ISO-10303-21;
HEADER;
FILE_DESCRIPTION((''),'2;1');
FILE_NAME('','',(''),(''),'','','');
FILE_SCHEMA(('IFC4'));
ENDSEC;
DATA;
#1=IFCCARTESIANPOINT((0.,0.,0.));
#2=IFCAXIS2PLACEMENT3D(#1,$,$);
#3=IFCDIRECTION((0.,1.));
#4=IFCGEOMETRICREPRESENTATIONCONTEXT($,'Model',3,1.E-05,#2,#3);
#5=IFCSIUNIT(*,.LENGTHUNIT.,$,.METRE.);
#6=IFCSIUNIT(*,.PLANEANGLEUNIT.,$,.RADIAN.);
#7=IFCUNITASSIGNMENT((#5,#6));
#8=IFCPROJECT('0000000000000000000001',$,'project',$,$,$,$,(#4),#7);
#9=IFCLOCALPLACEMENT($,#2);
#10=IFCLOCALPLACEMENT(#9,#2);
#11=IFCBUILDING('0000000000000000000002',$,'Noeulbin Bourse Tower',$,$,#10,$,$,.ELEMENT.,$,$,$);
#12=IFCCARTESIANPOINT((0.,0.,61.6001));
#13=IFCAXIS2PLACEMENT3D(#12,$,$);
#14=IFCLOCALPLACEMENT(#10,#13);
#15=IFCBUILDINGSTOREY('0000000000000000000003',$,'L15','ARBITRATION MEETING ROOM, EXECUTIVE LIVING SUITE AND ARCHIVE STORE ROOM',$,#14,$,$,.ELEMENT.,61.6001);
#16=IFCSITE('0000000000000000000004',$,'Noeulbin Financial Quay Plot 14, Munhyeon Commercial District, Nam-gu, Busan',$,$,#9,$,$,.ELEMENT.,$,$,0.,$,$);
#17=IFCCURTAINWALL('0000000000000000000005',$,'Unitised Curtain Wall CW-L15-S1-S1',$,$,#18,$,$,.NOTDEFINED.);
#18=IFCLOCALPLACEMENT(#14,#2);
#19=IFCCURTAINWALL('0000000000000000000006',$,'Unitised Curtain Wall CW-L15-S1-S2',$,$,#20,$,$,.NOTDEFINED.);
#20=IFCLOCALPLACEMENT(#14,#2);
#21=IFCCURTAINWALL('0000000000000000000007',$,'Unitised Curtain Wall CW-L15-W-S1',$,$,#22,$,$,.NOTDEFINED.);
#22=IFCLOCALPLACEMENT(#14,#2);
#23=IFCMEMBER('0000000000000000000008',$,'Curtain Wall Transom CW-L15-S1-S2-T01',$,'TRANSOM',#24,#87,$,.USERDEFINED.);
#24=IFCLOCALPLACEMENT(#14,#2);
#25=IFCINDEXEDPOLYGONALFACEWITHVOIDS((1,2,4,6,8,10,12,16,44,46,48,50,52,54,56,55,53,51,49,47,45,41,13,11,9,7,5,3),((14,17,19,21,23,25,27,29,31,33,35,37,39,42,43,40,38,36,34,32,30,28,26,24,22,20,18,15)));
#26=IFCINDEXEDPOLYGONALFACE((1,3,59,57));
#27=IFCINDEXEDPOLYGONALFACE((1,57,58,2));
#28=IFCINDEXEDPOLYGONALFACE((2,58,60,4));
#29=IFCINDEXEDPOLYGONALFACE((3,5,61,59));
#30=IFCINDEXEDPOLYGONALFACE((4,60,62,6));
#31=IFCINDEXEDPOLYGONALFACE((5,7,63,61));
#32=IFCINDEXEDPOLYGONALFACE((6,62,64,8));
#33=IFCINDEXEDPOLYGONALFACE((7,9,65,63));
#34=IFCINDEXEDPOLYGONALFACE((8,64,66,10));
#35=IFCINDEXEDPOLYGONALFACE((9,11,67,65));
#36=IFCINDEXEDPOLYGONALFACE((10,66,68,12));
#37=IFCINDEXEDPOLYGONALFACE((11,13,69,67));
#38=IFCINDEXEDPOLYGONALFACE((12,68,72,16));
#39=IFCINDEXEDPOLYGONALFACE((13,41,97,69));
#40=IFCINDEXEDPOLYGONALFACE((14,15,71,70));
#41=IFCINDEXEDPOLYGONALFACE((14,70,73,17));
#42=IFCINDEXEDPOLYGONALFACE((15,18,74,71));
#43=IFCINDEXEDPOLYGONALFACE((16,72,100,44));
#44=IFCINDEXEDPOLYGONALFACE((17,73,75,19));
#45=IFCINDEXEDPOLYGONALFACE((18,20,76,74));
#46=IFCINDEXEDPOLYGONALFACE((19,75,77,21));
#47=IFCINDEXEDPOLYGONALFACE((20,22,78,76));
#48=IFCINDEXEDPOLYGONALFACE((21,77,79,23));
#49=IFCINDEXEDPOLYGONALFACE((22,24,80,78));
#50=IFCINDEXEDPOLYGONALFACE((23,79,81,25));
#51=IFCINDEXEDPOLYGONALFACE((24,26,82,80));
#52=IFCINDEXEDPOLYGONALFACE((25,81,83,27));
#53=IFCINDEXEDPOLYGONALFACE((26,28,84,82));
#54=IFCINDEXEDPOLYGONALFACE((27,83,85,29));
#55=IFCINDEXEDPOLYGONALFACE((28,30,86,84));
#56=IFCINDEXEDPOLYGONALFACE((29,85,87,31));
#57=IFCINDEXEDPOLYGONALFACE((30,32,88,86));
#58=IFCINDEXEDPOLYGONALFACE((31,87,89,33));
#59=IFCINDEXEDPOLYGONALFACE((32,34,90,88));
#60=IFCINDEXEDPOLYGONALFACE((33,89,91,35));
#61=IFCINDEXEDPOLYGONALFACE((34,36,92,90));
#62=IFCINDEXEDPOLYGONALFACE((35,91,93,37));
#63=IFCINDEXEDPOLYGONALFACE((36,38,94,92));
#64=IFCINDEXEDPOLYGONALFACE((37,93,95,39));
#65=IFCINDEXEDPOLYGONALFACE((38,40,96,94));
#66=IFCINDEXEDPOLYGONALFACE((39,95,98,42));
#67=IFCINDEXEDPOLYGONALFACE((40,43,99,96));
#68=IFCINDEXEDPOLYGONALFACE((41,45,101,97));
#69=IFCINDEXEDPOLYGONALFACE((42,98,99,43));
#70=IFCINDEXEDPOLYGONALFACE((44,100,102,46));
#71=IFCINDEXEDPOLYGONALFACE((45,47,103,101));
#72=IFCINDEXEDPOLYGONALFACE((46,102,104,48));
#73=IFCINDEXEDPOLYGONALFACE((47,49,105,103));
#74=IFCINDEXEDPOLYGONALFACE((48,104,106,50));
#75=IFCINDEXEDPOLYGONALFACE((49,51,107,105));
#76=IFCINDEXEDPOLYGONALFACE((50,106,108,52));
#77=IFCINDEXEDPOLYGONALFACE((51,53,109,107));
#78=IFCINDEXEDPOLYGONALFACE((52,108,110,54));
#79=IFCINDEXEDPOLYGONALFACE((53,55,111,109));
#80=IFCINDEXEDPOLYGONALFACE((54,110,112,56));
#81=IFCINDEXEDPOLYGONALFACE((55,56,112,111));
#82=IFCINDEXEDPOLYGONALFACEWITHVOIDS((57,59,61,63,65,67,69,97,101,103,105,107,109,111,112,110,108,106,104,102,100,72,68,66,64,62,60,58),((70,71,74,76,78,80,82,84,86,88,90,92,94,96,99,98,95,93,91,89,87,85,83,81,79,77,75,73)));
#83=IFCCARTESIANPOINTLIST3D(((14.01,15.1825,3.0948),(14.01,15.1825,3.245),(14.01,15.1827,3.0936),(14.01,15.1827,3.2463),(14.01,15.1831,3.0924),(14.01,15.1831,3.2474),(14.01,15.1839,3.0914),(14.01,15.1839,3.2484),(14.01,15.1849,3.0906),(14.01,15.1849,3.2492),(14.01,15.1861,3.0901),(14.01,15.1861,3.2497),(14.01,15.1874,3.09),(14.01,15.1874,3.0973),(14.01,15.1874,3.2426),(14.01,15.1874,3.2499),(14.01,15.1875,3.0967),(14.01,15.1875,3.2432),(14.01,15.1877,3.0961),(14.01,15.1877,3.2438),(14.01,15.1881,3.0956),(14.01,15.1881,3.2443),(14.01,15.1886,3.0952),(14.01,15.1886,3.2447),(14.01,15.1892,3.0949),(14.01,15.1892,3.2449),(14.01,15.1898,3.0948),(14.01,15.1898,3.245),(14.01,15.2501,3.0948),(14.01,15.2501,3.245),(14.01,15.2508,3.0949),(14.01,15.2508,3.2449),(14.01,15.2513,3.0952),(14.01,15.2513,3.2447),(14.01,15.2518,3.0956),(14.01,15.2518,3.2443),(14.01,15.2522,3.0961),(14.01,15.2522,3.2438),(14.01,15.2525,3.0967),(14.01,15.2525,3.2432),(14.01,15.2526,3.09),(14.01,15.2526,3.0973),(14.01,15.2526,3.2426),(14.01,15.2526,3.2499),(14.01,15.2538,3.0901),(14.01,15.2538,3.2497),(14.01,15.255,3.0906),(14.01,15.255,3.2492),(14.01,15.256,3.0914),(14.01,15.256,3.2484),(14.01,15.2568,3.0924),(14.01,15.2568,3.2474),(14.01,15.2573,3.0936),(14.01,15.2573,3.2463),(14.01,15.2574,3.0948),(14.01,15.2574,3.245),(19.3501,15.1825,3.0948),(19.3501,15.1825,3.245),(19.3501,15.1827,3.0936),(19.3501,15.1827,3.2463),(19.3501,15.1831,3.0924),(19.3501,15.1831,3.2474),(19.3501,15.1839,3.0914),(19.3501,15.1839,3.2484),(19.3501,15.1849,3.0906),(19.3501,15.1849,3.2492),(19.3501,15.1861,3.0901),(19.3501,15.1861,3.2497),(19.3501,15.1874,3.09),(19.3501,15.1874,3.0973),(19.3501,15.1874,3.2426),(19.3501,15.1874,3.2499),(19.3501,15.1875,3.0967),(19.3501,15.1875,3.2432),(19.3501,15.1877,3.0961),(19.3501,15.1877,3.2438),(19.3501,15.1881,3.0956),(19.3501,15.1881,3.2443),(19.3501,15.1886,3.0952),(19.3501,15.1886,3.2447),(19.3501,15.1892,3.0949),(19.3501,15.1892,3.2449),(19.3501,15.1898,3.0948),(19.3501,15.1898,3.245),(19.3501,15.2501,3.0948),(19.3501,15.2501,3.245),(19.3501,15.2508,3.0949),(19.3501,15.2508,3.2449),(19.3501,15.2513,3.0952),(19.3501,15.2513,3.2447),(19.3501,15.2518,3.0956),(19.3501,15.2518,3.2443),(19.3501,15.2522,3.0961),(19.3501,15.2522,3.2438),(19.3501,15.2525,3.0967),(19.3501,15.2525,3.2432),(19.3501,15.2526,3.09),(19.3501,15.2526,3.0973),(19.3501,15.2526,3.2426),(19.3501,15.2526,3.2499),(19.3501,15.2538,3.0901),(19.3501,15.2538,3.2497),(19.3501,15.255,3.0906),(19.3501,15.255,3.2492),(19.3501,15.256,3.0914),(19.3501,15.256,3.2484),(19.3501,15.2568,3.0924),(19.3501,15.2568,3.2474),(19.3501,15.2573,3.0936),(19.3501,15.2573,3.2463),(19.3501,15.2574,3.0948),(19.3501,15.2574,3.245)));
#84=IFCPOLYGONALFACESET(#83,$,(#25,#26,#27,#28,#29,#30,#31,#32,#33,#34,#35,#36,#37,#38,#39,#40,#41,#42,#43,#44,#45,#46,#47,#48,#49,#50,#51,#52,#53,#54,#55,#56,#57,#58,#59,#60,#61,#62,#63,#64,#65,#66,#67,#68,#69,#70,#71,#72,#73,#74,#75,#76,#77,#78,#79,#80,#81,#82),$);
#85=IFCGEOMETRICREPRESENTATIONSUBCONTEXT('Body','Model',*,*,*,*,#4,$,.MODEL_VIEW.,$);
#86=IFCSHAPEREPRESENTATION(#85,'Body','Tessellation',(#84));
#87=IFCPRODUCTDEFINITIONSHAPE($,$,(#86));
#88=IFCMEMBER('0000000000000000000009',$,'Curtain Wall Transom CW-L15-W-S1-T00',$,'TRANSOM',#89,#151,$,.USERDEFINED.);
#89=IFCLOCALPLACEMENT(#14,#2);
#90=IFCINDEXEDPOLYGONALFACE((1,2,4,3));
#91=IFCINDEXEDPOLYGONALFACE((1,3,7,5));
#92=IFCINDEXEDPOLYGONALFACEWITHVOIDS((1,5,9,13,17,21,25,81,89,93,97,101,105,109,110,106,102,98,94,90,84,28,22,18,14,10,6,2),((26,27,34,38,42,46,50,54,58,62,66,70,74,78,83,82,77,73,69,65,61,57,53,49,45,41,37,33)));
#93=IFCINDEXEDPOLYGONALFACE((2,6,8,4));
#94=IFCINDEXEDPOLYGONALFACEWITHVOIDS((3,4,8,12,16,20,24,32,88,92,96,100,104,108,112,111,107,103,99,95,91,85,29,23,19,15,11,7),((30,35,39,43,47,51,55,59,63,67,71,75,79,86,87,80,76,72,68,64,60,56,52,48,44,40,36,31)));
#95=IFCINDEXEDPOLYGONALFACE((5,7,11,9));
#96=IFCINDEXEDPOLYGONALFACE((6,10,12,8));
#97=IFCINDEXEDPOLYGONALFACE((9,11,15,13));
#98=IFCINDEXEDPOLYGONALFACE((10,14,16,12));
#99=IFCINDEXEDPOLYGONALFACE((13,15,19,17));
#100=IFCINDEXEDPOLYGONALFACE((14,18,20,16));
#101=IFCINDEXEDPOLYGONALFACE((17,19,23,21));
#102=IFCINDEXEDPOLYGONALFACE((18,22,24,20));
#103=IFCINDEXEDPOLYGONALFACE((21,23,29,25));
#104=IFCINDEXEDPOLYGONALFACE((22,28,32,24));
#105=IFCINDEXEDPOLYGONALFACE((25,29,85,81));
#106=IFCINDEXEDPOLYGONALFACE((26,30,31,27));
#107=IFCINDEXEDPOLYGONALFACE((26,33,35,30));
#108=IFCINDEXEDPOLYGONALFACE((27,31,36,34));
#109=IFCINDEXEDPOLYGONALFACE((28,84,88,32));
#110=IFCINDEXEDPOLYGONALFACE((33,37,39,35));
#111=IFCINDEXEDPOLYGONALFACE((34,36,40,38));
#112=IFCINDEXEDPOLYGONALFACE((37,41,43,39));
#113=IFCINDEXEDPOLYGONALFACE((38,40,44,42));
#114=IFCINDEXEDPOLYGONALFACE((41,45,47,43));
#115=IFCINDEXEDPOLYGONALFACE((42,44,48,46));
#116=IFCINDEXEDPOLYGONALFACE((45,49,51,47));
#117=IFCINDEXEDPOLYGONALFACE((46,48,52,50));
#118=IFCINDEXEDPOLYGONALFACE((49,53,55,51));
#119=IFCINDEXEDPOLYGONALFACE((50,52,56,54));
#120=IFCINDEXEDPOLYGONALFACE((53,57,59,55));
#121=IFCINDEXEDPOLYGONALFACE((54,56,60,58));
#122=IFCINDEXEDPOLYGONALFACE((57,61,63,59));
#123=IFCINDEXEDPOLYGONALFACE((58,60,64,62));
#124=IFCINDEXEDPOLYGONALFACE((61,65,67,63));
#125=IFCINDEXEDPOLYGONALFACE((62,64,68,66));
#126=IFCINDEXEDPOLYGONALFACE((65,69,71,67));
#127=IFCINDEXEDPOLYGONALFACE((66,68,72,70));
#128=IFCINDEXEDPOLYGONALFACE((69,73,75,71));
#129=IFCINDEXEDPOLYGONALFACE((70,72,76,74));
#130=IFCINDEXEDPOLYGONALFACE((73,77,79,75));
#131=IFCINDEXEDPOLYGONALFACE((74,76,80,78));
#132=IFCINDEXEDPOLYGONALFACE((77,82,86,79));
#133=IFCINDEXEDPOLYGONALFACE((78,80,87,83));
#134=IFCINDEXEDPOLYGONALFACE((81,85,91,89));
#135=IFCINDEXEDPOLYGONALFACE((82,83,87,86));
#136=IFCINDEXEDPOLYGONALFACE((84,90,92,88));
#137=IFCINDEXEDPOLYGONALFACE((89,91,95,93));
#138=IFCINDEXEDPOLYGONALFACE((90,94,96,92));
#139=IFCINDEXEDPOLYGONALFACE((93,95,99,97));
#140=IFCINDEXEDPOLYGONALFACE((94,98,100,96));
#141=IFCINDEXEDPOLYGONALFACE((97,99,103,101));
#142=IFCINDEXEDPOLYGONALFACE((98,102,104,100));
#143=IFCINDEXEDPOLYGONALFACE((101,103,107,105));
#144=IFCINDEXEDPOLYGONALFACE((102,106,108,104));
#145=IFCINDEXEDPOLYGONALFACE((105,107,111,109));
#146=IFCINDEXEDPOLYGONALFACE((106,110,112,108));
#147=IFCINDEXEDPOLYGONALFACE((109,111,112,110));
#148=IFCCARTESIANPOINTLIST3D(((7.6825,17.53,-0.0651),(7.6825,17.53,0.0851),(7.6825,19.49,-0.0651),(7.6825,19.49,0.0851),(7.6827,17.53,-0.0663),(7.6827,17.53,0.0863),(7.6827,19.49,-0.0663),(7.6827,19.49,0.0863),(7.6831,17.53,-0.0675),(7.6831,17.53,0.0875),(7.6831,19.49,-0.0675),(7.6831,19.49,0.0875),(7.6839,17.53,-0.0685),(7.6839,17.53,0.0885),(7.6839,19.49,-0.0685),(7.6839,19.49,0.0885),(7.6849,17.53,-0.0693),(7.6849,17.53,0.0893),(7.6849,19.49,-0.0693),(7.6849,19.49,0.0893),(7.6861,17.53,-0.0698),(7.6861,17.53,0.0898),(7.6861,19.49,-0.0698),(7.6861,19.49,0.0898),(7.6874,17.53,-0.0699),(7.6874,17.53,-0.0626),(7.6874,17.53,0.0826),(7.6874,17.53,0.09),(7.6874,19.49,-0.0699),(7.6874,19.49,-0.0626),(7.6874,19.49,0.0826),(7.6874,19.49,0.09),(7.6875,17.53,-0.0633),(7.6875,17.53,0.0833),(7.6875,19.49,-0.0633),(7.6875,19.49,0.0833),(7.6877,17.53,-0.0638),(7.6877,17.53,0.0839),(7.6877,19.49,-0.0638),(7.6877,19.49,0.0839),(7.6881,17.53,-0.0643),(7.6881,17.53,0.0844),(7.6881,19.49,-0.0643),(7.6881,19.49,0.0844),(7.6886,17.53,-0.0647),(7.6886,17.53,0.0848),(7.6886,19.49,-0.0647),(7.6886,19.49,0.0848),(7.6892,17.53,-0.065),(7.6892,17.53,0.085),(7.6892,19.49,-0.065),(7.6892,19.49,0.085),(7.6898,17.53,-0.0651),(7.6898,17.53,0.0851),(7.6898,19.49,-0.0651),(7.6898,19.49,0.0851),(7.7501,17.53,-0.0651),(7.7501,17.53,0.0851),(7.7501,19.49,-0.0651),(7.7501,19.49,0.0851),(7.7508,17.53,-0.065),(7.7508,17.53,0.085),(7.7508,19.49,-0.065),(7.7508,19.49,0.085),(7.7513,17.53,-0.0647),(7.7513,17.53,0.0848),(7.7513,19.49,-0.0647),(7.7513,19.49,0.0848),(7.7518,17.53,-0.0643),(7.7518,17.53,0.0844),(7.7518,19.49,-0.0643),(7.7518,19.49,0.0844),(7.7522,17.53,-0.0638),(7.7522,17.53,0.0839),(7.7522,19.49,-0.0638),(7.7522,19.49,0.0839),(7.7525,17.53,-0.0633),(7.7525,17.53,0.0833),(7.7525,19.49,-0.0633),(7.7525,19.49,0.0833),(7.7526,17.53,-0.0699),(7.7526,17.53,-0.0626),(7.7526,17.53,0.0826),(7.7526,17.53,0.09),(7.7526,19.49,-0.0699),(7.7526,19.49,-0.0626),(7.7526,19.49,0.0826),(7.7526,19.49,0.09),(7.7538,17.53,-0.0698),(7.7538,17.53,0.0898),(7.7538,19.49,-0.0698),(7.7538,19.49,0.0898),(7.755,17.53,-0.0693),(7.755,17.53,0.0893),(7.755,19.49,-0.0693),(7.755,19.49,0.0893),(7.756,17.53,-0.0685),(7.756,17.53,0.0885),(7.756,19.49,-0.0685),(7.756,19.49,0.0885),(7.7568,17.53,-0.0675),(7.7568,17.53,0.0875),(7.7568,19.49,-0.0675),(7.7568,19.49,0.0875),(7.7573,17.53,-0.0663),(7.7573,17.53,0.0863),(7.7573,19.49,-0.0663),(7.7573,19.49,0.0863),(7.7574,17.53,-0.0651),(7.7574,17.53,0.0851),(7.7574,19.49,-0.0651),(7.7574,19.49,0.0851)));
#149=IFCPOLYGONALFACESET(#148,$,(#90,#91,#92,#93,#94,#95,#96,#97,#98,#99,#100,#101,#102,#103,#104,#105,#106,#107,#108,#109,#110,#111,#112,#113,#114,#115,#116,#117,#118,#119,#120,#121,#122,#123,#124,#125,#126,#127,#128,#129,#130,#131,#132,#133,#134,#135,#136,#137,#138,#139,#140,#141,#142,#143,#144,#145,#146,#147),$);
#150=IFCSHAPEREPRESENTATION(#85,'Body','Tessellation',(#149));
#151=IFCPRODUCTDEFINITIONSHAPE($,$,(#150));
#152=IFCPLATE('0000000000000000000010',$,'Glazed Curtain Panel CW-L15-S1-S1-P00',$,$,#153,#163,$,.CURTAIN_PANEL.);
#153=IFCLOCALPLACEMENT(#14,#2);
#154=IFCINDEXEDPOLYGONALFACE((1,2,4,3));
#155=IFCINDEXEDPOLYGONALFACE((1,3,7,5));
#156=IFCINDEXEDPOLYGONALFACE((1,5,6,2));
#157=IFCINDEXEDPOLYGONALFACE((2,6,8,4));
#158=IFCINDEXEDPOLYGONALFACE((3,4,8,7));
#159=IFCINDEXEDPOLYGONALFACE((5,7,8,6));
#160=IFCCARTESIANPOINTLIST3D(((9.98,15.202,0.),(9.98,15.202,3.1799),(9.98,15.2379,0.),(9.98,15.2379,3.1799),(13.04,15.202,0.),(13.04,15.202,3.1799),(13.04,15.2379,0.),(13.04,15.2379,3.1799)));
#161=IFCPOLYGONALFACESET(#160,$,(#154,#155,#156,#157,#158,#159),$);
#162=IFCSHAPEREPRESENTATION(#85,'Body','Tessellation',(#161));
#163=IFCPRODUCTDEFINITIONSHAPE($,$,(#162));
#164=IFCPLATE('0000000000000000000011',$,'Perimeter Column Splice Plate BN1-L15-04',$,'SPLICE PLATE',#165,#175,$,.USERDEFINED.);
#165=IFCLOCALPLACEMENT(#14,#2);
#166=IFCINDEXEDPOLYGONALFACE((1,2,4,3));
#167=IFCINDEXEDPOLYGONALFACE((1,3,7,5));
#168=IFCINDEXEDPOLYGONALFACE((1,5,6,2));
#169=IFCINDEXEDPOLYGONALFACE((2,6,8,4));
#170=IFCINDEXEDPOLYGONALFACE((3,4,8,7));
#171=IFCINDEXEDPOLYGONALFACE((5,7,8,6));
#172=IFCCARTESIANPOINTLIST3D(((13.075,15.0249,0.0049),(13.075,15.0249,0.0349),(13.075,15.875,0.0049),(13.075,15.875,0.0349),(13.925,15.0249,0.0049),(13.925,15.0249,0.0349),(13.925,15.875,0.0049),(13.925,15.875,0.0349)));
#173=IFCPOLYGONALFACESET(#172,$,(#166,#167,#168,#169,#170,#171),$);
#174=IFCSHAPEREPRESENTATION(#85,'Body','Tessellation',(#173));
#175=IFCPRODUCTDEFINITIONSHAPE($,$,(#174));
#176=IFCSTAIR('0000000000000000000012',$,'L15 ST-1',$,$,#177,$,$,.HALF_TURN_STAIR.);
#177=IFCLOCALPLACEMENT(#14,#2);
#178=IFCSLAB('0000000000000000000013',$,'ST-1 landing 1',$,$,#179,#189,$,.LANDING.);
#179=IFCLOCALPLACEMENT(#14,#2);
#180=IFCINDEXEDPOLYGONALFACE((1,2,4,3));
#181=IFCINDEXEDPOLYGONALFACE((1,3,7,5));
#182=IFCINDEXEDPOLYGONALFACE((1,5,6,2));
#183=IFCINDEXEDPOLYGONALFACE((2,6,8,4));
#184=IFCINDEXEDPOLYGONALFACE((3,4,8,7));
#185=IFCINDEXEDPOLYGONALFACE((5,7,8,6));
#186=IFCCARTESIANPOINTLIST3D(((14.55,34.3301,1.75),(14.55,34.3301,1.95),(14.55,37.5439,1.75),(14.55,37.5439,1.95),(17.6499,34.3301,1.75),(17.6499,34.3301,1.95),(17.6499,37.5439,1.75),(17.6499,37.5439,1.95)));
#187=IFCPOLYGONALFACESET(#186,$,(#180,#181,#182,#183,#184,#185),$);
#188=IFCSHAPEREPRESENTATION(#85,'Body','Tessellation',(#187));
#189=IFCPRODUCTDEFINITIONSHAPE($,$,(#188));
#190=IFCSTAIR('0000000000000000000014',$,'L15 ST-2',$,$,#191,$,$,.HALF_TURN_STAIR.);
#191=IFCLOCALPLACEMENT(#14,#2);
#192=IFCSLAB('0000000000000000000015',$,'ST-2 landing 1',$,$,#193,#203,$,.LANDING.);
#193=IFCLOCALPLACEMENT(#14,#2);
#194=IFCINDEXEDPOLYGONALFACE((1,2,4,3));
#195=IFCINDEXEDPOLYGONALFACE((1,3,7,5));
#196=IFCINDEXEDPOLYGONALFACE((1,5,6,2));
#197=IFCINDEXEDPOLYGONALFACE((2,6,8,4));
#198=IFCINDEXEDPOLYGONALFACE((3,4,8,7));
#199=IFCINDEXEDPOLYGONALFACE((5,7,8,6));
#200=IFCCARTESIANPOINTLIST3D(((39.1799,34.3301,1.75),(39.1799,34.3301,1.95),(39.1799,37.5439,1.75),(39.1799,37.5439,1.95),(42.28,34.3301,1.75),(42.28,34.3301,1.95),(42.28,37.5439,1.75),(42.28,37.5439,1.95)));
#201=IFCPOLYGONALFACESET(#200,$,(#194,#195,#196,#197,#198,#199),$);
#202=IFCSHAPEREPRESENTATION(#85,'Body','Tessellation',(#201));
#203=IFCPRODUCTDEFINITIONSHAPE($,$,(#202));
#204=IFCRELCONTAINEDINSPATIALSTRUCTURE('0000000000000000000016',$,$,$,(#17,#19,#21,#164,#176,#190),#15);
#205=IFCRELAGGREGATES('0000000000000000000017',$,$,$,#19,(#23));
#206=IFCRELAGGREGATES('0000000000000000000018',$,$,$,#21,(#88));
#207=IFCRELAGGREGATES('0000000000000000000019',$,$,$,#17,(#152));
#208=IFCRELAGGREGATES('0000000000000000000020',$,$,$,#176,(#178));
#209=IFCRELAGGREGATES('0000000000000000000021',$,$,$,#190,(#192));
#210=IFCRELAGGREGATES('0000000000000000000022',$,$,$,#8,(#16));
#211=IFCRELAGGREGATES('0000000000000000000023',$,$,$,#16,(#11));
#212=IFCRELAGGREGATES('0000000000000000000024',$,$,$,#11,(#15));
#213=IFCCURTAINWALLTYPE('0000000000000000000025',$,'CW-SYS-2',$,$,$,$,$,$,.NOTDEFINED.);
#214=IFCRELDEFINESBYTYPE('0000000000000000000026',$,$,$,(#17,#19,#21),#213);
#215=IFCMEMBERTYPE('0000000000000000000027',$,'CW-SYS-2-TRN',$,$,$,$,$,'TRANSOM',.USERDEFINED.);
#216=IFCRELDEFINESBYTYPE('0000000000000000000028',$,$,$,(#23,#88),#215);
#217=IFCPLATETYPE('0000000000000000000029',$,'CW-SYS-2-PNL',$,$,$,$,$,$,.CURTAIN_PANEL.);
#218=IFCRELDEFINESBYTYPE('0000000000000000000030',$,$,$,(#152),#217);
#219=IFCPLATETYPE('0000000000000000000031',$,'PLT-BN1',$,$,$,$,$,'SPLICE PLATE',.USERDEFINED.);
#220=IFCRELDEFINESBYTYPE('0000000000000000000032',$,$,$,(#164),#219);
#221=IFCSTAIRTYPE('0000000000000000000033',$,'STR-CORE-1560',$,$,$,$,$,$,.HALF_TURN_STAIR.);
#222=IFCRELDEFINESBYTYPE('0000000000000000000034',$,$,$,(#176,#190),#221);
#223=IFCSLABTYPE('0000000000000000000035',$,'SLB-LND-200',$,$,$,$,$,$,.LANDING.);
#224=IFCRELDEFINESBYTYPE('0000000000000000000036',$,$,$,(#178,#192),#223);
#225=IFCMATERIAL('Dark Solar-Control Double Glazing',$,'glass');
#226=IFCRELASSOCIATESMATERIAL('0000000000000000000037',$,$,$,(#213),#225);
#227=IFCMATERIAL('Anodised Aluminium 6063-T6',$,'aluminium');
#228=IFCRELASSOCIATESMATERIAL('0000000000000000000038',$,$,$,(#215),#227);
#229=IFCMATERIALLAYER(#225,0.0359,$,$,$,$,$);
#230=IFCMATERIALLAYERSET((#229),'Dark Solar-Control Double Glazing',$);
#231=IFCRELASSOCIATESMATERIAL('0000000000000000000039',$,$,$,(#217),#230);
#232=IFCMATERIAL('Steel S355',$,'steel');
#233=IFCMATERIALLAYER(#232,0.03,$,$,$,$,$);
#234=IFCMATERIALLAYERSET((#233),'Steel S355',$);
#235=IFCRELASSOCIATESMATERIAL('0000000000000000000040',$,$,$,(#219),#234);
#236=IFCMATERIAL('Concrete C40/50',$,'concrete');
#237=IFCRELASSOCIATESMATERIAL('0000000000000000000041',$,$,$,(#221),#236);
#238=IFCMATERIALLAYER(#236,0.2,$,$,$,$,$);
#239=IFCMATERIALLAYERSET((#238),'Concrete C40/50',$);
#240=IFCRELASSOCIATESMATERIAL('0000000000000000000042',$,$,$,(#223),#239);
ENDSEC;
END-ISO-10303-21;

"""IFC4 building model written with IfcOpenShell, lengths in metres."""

from ifc_helpers import new_model, si_unit, direction, frame, origin, origin_2d, place, context, subcontext, project, spatial, polyline, rectangle, hollow_rectangle, outline, extrude, material, layer, layer_set, material_profile, profile_set, type_object, element, aggregate, save


model = new_model("IFC4")

# Units and contexts
model_context = context("Model", 3, precision=1e-05, world=origin(), true_north=direction((0.0, 1.0)))
body_context = subcontext(model_context, "Body", "Model", "MODEL_VIEW")
ifc_project = project(units=[si_unit("LENGTHUNIT", "METRE"), si_unit("PLANEANGLEUNIT", "RADIAN")], contexts=[model_context])

# Site, building, storey
site_placement = place(None, origin())
site = spatial("IfcSite", under=ifc_project, at=site_placement, Name="Noeulbin Financial Quay Plot 14, Munhyeon Commercial District, Nam-gu, Busan", CompositionType="ELEMENT", RefElevation=0.0)
building_placement = place(site_placement, origin())
building = spatial("IfcBuilding", under=site, at=building_placement, Name="Noeulbin Bourse Tower", CompositionType="ELEMENT")
storey_placement = place(building_placement, frame((0.0, 0.0, 61.6001)))
storey = spatial("IfcBuildingStorey", under=building, at=storey_placement, Name="L15", Description="ARBITRATION MEETING ROOM, EXECUTIVE LIVING SUITE AND ARCHIVE STORE ROOM", CompositionType="ELEMENT", Elevation=61.6001)

# Shared definitions
ifc_material_1 = material(Name="Steel S355", Category="steel")

# Curtain wall
ifc_material_2 = material(Name="Dark Solar-Control Double Glazing", Category="glass")
curtain_wall_type = type_object("IfcCurtainWallType", Name="CW-SYS-2", PredefinedType="NOTDEFINED", material=ifc_material_2)
curtain_wall_1_placement = place(storey_placement, origin())
curtain_wall_1 = element("IfcCurtainWall", 1, at=curtain_wall_1_placement, inside=storey, type_object=curtain_wall_type, Name="Unitised Curtain Wall CW-L15-S1-S1", PredefinedType="NOTDEFINED")
ifc_material_3 = material(Name="Anodised Aluminium 6063-T6", Category="aluminium")

# Curtain walls
curtain_wall_2_placement = place(storey_placement, origin())
curtain_wall_2 = element("IfcCurtainWall", 2, at=curtain_wall_2_placement, inside=storey, type_object=curtain_wall_type, Name="Unitised Curtain Wall CW-L15-S1-S2", PredefinedType="NOTDEFINED")
curtain_wall_3_placement = place(storey_placement, origin())
curtain_wall_3 = element("IfcCurtainWall", 3, at=curtain_wall_3_placement, inside=storey, type_object=curtain_wall_type, Name="Unitised Curtain Wall CW-L15-W-S1", PredefinedType="NOTDEFINED")

# Members
ifc_material_profile_1 = material_profile(ifc_material_3, hollow_rectangle(XDim=0.075, YDim=0.1599, WallThickness=0.0049, InnerFilletRadius=0.0024, OuterFilletRadius=0.0049, at=origin_2d()), Name="ALU-TRAN-75x160x5", Category="LoadBearing")
ifc_profile_set_1 = profile_set([ifc_material_profile_1], Name="Anodised Aluminium 6063-T6")
member_type_1 = type_object("IfcMemberType", Name="CW-SYS-2-TRN", ElementType="TRANSOM", PredefinedType="USERDEFINED", material=ifc_profile_set_1)
member_1_placement = place(storey_placement, frame((14.01, 15.22, 3.1699), z_axis=(1.0, 0.0, 0.0), x_axis=(0.0, 1.0, 0.0)))
member_1 = element("IfcMember", 4, at=member_1_placement, type_object=member_type_1, Name="Curtain Wall Transom CW-L15-S1-S2-T01", ObjectType="TRANSOM", PredefinedType="USERDEFINED", context=body_context, shape_type="SweptSolid", body=[
    extrude(hollow_rectangle(XDim=0.075, YDim=0.1599, WallThickness=0.0049, InnerFilletRadius=0.0024, OuterFilletRadius=0.0049, at=origin_2d()), origin(), (0.0, 0.0, 1.0), 5.3401),
])
aggregate(curtain_wall_2, [member_1])
member_2_placement = place(storey_placement, frame((7.72, 17.53, 0.01), z_axis=(0.0, 1.0, 0.0), x_axis=(-1.0, 0.0, 0.0)))
member_2 = element("IfcMember", 5, at=member_2_placement, type_object=member_type_1, Name="Curtain Wall Transom CW-L15-W-S1-T00", ObjectType="TRANSOM", PredefinedType="USERDEFINED", context=body_context, shape_type="SweptSolid", body=[
    extrude(hollow_rectangle(XDim=0.075, YDim=0.1599, WallThickness=0.0049, InnerFilletRadius=0.0024, OuterFilletRadius=0.0049, at=origin_2d()), origin(), (0.0, 0.0, 1.0), 1.96),
])
aggregate(curtain_wall_3, [member_2])

# Plates
ifc_layer_1 = layer(ifc_material_2, 0.0359)
ifc_layer_set_1 = layer_set([ifc_layer_1], Name="Dark Solar-Control Double Glazing")
plate_type_1 = type_object("IfcPlateType", Name="CW-SYS-2-PNL", PredefinedType="CURTAIN_PANEL", material=ifc_layer_set_1)
plate_1_placement = place(storey_placement, frame((11.51, 15.22, 0.0), z_axis=(0.0, 0.0, 1.0), x_axis=(1.0, 0.0, 0.0)))
plate_1 = element("IfcPlate", 6, at=plate_1_placement, type_object=plate_type_1, Name="Glazed Curtain Panel CW-L15-S1-S1-P00", PredefinedType="CURTAIN_PANEL", context=body_context, shape_type="SweptSolid", body=[
    extrude(rectangle(XDim=3.0601, YDim=0.0359, at=origin_2d()), origin(), (0.0, 0.0, 1.0), 3.1799),
])
aggregate(curtain_wall_1, [plate_1])
ifc_layer_2 = layer(ifc_material_1, 0.03)
ifc_layer_set_2 = layer_set([ifc_layer_2], Name="Steel S355")
plate_type_2 = type_object("IfcPlateType", Name="PLT-BN1", ElementType="SPLICE PLATE", PredefinedType="USERDEFINED", material=ifc_layer_set_2)
plate_2_placement = place(storey_placement, frame((13.5, 15.45, 0.0049), z_axis=(0.0, 0.0, 1.0), x_axis=(1.0, 0.0, 0.0)))
element("IfcPlate", 7, at=plate_2_placement, inside=storey, type_object=plate_type_2, Name="Perimeter Column Splice Plate BN1-L15-04", ObjectType="SPLICE PLATE", PredefinedType="USERDEFINED", context=body_context, shape_type="SweptSolid", body=[
    extrude(rectangle(XDim=0.8501, YDim=0.8501, at=origin_2d()), origin(), (0.0, 0.0, 1.0), 0.03),
])

# Stairs, slabs
ifc_material_4 = material(Name="Concrete C40/50", Category="concrete")
stair_type = type_object("IfcStairType", Name="STR-CORE-1560", PredefinedType="HALF_TURN_STAIR", material=ifc_material_4)
stair_1_placement = place(storey_placement, origin())
stair_1 = element("IfcStair", 8, at=stair_1_placement, inside=storey, type_object=stair_type, Name="L15 ST-1", PredefinedType="HALF_TURN_STAIR")
ifc_layer_3 = layer(ifc_material_4, 0.2)
ifc_layer_set_3 = layer_set([ifc_layer_3], Name="Concrete C40/50")
slab_type_1 = type_object("IfcSlabType", Name="SLB-LND-200", PredefinedType="LANDING", material=ifc_layer_set_3)
slab_1_placement = place(storey_placement, frame((0.0, 0.0, 1.75)))
slab_1 = element("IfcSlab", 9, at=slab_1_placement, type_object=slab_type_1, Name="ST-1 landing 1", PredefinedType="LANDING", context=body_context, shape_type="SweptSolid", body=[
    extrude(outline(polyline([(17.6499, 34.3301), (17.6499, 37.5439), (14.55, 37.5439), (14.55, 34.3301), (17.6499, 34.3301)])), origin(), (0.0, 0.0, 1.0), 0.2),
])
aggregate(stair_1, [slab_1])
stair_2_placement = place(storey_placement, origin())
stair_2 = element("IfcStair", 10, at=stair_2_placement, inside=storey, type_object=stair_type, Name="L15 ST-2", PredefinedType="HALF_TURN_STAIR")
slab_2_placement = place(storey_placement, frame((0.0, 0.0, 1.75)))
slab_2 = element("IfcSlab", 11, at=slab_2_placement, type_object=slab_type_1, Name="ST-2 landing 1", PredefinedType="LANDING", context=body_context, shape_type="SweptSolid", body=[
    extrude(outline(polyline([(42.28, 34.3301), (42.28, 37.5439), (39.1799, 37.5439), (39.1799, 34.3301), (42.28, 34.3301)])), origin(), (0.0, 0.0, 1.0), 0.2),
])
aggregate(stair_2, [slab_2])

save(model, "model.ifc")
